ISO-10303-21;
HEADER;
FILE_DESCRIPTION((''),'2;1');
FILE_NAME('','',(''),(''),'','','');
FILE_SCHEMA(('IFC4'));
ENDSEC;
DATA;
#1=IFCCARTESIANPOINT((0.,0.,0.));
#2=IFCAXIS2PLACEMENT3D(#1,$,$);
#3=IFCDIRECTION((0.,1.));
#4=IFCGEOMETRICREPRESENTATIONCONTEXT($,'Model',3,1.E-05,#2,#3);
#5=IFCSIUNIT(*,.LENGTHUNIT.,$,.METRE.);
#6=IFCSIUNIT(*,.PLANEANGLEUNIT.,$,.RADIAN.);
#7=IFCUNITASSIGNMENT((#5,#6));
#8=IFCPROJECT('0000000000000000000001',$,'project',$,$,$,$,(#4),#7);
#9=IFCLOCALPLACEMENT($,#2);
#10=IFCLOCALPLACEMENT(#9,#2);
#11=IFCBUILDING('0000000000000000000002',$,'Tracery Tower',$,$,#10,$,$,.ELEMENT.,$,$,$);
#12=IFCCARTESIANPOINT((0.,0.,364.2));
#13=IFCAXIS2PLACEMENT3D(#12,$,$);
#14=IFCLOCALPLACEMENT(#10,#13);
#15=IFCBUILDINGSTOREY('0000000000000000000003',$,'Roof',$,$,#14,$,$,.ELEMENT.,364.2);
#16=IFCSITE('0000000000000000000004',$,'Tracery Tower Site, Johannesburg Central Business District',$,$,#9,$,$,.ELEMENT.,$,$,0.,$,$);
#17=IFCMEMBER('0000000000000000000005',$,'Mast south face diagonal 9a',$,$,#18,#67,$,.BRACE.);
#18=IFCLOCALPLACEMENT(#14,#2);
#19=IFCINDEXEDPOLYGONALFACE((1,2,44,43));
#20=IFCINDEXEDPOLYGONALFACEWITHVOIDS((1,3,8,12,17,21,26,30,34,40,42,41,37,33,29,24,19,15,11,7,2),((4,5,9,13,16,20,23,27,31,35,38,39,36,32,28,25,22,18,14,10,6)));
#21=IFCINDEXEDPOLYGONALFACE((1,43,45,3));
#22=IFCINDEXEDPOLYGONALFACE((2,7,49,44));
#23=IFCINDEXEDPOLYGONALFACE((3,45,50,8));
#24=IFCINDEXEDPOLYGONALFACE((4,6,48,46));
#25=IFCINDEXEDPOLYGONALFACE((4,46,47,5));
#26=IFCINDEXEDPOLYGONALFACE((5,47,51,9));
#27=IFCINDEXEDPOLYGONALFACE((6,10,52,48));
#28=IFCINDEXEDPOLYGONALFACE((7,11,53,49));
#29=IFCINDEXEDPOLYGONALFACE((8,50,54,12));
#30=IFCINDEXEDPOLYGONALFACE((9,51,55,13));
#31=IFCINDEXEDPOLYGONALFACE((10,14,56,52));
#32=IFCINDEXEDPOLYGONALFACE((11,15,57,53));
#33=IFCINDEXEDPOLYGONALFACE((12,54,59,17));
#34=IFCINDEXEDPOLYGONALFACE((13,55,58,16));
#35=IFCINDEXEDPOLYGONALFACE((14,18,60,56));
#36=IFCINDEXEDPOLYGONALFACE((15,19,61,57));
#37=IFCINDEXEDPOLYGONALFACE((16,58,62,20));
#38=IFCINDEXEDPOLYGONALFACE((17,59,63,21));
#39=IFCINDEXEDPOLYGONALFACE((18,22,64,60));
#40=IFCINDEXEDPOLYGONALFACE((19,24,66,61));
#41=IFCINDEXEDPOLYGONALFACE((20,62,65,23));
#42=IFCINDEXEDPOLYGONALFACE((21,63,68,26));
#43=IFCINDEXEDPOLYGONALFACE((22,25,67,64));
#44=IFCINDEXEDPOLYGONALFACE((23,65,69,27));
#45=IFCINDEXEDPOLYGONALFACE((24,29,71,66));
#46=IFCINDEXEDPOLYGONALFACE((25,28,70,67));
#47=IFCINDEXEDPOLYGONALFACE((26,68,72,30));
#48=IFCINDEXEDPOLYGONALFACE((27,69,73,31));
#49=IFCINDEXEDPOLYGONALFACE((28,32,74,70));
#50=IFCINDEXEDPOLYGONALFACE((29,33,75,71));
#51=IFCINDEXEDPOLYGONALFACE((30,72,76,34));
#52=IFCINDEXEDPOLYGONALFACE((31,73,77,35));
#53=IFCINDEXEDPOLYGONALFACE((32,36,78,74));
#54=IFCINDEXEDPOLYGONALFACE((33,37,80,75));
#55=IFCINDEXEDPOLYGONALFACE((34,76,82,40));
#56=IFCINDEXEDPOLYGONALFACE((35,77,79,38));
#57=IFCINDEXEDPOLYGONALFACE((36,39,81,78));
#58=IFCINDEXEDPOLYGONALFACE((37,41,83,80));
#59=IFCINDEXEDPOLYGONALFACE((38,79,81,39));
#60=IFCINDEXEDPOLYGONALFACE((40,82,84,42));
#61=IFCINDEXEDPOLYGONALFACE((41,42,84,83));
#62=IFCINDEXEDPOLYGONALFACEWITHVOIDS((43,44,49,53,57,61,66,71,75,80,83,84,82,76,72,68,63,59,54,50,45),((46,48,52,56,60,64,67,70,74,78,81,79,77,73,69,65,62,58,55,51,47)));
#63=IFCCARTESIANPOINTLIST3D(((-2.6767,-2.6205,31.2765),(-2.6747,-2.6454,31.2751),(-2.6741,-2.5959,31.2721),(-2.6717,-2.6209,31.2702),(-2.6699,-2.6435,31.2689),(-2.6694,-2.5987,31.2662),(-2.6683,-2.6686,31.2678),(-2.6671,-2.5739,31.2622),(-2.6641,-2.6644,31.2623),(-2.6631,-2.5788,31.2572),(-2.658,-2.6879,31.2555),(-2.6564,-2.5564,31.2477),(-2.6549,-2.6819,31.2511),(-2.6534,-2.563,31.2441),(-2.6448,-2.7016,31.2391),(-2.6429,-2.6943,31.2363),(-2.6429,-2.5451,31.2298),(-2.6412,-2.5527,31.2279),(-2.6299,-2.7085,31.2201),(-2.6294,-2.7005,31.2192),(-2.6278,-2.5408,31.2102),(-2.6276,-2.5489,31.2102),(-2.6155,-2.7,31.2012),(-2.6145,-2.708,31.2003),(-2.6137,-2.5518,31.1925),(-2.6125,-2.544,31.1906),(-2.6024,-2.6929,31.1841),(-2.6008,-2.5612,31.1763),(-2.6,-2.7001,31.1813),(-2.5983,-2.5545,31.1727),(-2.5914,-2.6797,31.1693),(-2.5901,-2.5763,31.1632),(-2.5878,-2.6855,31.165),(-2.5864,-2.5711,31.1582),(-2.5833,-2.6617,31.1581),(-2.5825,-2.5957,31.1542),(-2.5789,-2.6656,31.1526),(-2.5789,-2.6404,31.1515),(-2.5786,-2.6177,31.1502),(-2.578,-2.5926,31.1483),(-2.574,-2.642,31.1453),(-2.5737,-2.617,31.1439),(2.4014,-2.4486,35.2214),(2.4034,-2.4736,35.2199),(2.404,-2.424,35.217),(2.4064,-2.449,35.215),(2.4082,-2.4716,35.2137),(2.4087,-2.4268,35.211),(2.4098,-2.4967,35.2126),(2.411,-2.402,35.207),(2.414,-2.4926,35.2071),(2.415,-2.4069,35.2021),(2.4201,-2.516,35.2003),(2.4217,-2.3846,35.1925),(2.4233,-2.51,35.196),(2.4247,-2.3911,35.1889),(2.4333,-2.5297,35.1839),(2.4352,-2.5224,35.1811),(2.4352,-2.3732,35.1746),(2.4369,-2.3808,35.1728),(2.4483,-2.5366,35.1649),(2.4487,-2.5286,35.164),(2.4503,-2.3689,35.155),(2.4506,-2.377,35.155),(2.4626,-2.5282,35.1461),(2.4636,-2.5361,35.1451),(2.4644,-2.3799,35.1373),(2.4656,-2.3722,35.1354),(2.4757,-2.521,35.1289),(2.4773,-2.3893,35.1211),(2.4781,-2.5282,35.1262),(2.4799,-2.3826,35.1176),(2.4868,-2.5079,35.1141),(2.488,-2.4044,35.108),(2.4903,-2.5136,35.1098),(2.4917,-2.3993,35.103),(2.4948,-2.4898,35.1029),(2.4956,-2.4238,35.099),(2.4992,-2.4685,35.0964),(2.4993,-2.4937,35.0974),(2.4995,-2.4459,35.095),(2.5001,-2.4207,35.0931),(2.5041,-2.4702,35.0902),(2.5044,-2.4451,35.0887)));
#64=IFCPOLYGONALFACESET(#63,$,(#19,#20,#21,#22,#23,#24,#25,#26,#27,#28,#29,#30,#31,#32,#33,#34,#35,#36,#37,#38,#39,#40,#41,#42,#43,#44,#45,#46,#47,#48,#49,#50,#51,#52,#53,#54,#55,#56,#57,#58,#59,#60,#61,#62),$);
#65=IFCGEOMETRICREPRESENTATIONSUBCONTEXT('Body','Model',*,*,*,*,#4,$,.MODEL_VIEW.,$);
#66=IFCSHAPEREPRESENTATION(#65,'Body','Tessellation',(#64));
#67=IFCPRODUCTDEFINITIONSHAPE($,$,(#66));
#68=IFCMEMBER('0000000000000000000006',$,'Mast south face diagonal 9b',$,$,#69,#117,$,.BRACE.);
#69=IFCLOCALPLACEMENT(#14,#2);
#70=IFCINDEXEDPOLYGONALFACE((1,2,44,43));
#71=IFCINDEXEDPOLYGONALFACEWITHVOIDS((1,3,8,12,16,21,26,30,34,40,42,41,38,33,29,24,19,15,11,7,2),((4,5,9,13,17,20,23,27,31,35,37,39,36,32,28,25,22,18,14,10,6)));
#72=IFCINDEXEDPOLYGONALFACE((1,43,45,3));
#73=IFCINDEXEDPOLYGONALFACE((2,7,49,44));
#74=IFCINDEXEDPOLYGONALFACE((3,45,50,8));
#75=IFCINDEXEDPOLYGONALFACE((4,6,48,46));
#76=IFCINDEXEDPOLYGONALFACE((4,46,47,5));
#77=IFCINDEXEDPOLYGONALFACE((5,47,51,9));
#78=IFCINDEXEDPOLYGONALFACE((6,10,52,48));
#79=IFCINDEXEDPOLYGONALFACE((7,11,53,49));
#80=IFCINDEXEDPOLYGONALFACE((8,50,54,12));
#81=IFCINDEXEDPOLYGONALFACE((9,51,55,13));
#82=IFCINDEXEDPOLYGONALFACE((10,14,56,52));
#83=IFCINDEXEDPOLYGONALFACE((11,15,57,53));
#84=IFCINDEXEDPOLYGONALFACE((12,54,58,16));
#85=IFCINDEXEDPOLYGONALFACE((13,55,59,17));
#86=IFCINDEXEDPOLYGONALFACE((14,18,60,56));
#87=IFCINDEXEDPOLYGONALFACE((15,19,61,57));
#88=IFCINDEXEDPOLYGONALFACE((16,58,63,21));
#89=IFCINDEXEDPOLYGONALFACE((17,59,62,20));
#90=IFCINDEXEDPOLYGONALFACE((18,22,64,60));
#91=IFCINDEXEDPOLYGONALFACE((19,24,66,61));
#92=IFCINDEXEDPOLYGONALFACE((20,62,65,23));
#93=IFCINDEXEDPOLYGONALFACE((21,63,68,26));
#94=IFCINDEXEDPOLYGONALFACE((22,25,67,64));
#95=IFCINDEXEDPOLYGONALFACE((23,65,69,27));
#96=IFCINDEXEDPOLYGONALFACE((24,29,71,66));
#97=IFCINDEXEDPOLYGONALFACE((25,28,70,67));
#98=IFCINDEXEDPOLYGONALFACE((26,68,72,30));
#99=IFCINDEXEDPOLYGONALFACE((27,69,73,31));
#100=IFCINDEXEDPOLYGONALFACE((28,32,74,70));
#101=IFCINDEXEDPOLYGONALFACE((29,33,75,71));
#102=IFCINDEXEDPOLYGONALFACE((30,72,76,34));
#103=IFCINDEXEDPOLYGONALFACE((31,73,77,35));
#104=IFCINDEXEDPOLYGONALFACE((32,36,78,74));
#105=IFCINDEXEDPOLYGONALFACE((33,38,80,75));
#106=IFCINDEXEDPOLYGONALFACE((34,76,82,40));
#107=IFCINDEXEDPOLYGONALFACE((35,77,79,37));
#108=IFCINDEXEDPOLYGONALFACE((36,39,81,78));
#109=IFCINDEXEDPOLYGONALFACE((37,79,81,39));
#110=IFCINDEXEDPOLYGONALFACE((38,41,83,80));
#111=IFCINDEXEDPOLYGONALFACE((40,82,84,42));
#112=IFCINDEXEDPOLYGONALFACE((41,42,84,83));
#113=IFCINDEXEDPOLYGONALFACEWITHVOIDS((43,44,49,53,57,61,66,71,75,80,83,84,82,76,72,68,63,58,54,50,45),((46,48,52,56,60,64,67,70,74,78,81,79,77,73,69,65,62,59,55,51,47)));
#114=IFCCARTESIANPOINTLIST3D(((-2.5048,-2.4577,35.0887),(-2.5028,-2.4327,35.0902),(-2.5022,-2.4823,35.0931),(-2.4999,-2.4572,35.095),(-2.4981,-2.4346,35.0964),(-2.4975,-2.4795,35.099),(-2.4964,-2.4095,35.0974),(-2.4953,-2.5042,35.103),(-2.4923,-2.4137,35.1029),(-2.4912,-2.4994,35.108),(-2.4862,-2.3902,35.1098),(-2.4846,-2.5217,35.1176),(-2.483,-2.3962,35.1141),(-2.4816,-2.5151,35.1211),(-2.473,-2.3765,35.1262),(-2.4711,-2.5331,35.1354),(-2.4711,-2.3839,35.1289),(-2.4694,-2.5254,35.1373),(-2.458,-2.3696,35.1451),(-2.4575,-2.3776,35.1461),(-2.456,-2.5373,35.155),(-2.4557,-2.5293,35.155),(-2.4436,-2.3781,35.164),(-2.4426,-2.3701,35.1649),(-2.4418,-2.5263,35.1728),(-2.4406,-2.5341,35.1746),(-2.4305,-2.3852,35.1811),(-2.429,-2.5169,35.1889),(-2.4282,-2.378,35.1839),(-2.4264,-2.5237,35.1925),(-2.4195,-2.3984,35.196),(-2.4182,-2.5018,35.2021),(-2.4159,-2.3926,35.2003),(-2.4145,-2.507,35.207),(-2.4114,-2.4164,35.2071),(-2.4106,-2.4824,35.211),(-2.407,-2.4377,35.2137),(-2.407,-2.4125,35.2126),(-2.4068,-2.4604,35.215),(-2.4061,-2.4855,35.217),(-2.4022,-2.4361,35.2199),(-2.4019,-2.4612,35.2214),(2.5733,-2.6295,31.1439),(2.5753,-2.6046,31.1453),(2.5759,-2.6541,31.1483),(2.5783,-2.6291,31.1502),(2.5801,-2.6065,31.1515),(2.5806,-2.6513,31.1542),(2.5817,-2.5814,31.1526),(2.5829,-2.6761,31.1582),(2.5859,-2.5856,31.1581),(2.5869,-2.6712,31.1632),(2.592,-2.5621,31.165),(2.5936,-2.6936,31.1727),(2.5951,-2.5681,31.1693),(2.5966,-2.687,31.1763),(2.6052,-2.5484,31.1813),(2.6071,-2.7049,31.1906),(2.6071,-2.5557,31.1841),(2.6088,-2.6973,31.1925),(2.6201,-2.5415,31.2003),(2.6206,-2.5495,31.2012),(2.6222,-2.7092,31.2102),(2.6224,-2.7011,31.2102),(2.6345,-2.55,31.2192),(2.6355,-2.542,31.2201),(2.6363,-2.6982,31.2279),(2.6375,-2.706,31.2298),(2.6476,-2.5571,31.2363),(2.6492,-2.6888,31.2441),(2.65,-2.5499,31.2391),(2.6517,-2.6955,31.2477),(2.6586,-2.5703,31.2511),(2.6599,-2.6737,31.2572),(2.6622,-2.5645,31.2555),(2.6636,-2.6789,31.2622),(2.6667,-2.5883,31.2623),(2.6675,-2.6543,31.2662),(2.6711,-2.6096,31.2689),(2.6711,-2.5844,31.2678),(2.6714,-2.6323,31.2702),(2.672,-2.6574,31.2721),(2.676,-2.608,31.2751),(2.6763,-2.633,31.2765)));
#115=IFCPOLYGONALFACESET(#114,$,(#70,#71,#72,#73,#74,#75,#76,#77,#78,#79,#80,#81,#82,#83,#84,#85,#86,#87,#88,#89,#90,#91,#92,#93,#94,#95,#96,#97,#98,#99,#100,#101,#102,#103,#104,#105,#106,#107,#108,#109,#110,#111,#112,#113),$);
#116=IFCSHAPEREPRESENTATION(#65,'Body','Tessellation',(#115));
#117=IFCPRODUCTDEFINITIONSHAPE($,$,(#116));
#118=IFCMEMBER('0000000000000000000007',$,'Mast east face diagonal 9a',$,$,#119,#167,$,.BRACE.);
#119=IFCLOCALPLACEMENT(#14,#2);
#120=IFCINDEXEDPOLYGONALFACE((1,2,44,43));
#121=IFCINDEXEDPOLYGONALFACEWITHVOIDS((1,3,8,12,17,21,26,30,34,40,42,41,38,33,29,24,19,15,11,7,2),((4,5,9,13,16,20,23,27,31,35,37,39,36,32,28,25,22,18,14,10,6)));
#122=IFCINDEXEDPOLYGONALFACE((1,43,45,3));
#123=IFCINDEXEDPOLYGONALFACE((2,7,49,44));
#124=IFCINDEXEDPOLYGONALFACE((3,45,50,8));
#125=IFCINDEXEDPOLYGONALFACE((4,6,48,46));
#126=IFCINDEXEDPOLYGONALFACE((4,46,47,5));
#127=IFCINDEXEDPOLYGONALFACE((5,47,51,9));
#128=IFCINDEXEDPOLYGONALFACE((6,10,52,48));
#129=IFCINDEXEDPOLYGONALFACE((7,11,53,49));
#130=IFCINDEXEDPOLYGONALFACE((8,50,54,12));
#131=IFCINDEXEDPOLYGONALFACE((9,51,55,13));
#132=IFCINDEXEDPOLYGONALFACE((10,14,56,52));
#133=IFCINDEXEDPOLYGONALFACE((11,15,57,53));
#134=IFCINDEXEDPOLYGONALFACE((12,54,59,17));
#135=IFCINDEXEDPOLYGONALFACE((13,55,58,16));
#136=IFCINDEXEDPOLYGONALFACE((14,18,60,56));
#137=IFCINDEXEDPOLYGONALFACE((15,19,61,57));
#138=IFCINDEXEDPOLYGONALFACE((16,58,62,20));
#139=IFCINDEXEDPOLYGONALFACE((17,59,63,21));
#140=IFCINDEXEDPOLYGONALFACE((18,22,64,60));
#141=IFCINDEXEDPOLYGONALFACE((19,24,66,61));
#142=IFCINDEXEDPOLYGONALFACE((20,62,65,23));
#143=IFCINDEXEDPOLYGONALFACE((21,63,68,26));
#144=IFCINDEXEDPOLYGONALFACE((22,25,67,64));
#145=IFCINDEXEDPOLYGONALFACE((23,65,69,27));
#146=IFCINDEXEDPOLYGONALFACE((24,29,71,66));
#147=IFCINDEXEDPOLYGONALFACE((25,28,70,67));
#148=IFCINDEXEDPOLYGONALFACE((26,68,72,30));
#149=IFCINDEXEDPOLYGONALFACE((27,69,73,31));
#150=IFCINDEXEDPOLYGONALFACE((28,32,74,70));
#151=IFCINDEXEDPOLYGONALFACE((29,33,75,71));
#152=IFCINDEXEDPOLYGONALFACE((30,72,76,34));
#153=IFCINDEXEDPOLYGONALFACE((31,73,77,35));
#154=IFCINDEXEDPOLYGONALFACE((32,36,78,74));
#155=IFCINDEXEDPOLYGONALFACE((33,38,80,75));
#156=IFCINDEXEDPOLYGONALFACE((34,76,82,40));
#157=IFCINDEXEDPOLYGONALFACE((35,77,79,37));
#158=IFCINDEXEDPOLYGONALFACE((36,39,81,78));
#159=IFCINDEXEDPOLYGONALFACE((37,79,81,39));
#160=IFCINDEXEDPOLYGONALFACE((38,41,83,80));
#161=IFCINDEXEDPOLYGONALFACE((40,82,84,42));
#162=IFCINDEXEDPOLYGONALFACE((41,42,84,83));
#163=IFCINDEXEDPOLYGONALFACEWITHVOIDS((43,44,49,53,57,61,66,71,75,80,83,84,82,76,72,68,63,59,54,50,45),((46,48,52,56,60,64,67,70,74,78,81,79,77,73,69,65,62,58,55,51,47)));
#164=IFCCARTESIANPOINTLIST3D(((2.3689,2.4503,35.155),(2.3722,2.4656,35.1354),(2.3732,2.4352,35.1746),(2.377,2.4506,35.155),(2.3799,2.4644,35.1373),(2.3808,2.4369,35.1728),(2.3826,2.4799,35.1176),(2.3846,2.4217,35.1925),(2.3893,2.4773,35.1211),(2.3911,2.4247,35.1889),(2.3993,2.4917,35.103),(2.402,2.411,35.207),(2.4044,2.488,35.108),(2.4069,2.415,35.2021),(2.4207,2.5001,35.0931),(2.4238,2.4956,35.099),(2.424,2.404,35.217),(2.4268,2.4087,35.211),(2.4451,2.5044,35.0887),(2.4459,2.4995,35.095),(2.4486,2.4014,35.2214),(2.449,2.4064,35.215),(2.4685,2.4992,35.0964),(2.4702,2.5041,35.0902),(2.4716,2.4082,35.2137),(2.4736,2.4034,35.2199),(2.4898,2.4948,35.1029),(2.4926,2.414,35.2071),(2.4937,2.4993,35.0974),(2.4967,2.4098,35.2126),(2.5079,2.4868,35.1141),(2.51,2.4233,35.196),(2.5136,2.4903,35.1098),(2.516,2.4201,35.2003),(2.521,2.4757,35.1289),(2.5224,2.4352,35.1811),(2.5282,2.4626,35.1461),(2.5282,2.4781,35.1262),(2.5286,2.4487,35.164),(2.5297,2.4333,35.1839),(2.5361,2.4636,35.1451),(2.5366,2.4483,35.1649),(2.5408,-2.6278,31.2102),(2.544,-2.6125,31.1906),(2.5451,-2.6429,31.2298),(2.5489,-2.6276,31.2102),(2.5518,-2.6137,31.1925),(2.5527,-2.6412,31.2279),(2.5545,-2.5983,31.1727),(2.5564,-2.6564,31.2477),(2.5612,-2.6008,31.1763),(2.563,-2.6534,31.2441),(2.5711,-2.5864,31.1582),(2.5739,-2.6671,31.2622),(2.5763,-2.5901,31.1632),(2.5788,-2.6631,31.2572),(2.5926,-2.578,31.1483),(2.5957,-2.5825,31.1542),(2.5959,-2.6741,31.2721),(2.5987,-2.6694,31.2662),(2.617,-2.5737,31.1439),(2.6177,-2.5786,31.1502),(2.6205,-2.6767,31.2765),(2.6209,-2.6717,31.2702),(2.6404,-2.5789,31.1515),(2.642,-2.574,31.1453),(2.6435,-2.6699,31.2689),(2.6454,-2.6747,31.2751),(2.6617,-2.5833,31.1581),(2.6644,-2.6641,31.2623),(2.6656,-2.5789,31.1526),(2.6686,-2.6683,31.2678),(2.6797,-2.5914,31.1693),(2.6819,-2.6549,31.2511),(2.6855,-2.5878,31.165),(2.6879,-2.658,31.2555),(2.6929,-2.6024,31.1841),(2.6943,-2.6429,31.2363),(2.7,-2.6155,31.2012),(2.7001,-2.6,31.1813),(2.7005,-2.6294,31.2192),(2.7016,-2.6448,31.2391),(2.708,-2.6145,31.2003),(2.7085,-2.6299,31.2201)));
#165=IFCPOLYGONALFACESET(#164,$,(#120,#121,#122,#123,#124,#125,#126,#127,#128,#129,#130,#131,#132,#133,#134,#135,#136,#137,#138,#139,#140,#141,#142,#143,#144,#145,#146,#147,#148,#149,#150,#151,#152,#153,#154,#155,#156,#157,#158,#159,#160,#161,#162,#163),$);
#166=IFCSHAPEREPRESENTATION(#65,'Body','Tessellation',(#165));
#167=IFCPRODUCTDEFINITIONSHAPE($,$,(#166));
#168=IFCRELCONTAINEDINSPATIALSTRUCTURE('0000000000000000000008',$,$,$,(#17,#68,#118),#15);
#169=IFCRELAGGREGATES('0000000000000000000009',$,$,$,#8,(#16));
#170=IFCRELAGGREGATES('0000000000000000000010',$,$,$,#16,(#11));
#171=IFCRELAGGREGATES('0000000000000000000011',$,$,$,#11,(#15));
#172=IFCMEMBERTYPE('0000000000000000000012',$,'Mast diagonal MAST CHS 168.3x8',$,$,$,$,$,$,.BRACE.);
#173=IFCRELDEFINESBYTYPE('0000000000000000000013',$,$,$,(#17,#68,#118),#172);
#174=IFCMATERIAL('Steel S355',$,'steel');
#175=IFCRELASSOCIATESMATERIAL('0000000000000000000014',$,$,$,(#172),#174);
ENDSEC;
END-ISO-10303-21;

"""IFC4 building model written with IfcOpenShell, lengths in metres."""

from ifc_helpers import new_model, si_unit, direction, frame, origin, origin_2d, place, context, subcontext, project, spatial, hollow_circle, extrude, material, material_profile, profile_set, type_object, element, save


model = new_model("IFC4")

# Units and contexts
model_context = context("Model", 3, precision=1e-05, world=origin(), true_north=direction((0.0, 1.0)))
body_context = subcontext(model_context, "Body", "Model", "MODEL_VIEW")
ifc_project = project(units=[si_unit("LENGTHUNIT", "METRE"), si_unit("PLANEANGLEUNIT", "RADIAN")], contexts=[model_context])

# Site, building, storey
site_placement = place(None, origin())
site = spatial("IfcSite", under=ifc_project, at=site_placement, Name="Tracery Tower Site, Johannesburg Central Business District", CompositionType="ELEMENT", RefElevation=0.0)
building_placement = place(site_placement, origin())
building = spatial("IfcBuilding", under=site, at=building_placement, Name="Tracery Tower", CompositionType="ELEMENT")
storey_placement = place(building_placement, frame((0.0, 0.0, 364.2)))
storey = spatial("IfcBuildingStorey", under=building, at=storey_placement, Name="Roof", CompositionType="ELEMENT", Elevation=364.2)

# Members
ifc_material_1 = material(Name="Steel S355", Category="steel")
ifc_material_profile_1 = material_profile(ifc_material_1, hollow_circle(Radius=0.0842, WallThickness=0.0081, at=origin_2d()), Name="CHS 168.3x8")
ifc_profile_set_1 = profile_set([ifc_material_profile_1], Name="Steel S355")
member_type_1 = type_object("IfcMemberType", Name="Mast diagonal MAST CHS 168.3x8", PredefinedType="BRACE", material=ifc_profile_set_1)
for number, where, z_axis, x_axis, name in (
    (1, (-2.625, -2.625, 31.2102), (0.789434, 0.026719, 0.613254), (-0.033827, 0.999428, 0.0), "Mast south face diagonal 9a"),
    (2, (2.625, -2.625, 31.2102), (-0.789434, 0.026719, 0.613254), (-0.033827, -0.999428, 0.0), "Mast south face diagonal 9b"),
    (3, (2.625, -2.625, 31.2102), (-0.026719, 0.789434, 0.613254), (-0.999428, -0.033827, 0.0), "Mast east face diagonal 9a"),
):
    element("IfcMember", number, at=place(storey_placement, frame(where, z_axis=z_axis, x_axis=x_axis)), inside=storey, type_object=member_type_1, Name=name, PredefinedType="BRACE", context=body_context, shape_type="SweptSolid", body=[
        extrude(hollow_circle(Radius=0.0842, WallThickness=0.0081, at=origin_2d()), origin(), (0.0, 0.0, 1.0), 6.4326),
    ])

save(model, "model.ifc")
